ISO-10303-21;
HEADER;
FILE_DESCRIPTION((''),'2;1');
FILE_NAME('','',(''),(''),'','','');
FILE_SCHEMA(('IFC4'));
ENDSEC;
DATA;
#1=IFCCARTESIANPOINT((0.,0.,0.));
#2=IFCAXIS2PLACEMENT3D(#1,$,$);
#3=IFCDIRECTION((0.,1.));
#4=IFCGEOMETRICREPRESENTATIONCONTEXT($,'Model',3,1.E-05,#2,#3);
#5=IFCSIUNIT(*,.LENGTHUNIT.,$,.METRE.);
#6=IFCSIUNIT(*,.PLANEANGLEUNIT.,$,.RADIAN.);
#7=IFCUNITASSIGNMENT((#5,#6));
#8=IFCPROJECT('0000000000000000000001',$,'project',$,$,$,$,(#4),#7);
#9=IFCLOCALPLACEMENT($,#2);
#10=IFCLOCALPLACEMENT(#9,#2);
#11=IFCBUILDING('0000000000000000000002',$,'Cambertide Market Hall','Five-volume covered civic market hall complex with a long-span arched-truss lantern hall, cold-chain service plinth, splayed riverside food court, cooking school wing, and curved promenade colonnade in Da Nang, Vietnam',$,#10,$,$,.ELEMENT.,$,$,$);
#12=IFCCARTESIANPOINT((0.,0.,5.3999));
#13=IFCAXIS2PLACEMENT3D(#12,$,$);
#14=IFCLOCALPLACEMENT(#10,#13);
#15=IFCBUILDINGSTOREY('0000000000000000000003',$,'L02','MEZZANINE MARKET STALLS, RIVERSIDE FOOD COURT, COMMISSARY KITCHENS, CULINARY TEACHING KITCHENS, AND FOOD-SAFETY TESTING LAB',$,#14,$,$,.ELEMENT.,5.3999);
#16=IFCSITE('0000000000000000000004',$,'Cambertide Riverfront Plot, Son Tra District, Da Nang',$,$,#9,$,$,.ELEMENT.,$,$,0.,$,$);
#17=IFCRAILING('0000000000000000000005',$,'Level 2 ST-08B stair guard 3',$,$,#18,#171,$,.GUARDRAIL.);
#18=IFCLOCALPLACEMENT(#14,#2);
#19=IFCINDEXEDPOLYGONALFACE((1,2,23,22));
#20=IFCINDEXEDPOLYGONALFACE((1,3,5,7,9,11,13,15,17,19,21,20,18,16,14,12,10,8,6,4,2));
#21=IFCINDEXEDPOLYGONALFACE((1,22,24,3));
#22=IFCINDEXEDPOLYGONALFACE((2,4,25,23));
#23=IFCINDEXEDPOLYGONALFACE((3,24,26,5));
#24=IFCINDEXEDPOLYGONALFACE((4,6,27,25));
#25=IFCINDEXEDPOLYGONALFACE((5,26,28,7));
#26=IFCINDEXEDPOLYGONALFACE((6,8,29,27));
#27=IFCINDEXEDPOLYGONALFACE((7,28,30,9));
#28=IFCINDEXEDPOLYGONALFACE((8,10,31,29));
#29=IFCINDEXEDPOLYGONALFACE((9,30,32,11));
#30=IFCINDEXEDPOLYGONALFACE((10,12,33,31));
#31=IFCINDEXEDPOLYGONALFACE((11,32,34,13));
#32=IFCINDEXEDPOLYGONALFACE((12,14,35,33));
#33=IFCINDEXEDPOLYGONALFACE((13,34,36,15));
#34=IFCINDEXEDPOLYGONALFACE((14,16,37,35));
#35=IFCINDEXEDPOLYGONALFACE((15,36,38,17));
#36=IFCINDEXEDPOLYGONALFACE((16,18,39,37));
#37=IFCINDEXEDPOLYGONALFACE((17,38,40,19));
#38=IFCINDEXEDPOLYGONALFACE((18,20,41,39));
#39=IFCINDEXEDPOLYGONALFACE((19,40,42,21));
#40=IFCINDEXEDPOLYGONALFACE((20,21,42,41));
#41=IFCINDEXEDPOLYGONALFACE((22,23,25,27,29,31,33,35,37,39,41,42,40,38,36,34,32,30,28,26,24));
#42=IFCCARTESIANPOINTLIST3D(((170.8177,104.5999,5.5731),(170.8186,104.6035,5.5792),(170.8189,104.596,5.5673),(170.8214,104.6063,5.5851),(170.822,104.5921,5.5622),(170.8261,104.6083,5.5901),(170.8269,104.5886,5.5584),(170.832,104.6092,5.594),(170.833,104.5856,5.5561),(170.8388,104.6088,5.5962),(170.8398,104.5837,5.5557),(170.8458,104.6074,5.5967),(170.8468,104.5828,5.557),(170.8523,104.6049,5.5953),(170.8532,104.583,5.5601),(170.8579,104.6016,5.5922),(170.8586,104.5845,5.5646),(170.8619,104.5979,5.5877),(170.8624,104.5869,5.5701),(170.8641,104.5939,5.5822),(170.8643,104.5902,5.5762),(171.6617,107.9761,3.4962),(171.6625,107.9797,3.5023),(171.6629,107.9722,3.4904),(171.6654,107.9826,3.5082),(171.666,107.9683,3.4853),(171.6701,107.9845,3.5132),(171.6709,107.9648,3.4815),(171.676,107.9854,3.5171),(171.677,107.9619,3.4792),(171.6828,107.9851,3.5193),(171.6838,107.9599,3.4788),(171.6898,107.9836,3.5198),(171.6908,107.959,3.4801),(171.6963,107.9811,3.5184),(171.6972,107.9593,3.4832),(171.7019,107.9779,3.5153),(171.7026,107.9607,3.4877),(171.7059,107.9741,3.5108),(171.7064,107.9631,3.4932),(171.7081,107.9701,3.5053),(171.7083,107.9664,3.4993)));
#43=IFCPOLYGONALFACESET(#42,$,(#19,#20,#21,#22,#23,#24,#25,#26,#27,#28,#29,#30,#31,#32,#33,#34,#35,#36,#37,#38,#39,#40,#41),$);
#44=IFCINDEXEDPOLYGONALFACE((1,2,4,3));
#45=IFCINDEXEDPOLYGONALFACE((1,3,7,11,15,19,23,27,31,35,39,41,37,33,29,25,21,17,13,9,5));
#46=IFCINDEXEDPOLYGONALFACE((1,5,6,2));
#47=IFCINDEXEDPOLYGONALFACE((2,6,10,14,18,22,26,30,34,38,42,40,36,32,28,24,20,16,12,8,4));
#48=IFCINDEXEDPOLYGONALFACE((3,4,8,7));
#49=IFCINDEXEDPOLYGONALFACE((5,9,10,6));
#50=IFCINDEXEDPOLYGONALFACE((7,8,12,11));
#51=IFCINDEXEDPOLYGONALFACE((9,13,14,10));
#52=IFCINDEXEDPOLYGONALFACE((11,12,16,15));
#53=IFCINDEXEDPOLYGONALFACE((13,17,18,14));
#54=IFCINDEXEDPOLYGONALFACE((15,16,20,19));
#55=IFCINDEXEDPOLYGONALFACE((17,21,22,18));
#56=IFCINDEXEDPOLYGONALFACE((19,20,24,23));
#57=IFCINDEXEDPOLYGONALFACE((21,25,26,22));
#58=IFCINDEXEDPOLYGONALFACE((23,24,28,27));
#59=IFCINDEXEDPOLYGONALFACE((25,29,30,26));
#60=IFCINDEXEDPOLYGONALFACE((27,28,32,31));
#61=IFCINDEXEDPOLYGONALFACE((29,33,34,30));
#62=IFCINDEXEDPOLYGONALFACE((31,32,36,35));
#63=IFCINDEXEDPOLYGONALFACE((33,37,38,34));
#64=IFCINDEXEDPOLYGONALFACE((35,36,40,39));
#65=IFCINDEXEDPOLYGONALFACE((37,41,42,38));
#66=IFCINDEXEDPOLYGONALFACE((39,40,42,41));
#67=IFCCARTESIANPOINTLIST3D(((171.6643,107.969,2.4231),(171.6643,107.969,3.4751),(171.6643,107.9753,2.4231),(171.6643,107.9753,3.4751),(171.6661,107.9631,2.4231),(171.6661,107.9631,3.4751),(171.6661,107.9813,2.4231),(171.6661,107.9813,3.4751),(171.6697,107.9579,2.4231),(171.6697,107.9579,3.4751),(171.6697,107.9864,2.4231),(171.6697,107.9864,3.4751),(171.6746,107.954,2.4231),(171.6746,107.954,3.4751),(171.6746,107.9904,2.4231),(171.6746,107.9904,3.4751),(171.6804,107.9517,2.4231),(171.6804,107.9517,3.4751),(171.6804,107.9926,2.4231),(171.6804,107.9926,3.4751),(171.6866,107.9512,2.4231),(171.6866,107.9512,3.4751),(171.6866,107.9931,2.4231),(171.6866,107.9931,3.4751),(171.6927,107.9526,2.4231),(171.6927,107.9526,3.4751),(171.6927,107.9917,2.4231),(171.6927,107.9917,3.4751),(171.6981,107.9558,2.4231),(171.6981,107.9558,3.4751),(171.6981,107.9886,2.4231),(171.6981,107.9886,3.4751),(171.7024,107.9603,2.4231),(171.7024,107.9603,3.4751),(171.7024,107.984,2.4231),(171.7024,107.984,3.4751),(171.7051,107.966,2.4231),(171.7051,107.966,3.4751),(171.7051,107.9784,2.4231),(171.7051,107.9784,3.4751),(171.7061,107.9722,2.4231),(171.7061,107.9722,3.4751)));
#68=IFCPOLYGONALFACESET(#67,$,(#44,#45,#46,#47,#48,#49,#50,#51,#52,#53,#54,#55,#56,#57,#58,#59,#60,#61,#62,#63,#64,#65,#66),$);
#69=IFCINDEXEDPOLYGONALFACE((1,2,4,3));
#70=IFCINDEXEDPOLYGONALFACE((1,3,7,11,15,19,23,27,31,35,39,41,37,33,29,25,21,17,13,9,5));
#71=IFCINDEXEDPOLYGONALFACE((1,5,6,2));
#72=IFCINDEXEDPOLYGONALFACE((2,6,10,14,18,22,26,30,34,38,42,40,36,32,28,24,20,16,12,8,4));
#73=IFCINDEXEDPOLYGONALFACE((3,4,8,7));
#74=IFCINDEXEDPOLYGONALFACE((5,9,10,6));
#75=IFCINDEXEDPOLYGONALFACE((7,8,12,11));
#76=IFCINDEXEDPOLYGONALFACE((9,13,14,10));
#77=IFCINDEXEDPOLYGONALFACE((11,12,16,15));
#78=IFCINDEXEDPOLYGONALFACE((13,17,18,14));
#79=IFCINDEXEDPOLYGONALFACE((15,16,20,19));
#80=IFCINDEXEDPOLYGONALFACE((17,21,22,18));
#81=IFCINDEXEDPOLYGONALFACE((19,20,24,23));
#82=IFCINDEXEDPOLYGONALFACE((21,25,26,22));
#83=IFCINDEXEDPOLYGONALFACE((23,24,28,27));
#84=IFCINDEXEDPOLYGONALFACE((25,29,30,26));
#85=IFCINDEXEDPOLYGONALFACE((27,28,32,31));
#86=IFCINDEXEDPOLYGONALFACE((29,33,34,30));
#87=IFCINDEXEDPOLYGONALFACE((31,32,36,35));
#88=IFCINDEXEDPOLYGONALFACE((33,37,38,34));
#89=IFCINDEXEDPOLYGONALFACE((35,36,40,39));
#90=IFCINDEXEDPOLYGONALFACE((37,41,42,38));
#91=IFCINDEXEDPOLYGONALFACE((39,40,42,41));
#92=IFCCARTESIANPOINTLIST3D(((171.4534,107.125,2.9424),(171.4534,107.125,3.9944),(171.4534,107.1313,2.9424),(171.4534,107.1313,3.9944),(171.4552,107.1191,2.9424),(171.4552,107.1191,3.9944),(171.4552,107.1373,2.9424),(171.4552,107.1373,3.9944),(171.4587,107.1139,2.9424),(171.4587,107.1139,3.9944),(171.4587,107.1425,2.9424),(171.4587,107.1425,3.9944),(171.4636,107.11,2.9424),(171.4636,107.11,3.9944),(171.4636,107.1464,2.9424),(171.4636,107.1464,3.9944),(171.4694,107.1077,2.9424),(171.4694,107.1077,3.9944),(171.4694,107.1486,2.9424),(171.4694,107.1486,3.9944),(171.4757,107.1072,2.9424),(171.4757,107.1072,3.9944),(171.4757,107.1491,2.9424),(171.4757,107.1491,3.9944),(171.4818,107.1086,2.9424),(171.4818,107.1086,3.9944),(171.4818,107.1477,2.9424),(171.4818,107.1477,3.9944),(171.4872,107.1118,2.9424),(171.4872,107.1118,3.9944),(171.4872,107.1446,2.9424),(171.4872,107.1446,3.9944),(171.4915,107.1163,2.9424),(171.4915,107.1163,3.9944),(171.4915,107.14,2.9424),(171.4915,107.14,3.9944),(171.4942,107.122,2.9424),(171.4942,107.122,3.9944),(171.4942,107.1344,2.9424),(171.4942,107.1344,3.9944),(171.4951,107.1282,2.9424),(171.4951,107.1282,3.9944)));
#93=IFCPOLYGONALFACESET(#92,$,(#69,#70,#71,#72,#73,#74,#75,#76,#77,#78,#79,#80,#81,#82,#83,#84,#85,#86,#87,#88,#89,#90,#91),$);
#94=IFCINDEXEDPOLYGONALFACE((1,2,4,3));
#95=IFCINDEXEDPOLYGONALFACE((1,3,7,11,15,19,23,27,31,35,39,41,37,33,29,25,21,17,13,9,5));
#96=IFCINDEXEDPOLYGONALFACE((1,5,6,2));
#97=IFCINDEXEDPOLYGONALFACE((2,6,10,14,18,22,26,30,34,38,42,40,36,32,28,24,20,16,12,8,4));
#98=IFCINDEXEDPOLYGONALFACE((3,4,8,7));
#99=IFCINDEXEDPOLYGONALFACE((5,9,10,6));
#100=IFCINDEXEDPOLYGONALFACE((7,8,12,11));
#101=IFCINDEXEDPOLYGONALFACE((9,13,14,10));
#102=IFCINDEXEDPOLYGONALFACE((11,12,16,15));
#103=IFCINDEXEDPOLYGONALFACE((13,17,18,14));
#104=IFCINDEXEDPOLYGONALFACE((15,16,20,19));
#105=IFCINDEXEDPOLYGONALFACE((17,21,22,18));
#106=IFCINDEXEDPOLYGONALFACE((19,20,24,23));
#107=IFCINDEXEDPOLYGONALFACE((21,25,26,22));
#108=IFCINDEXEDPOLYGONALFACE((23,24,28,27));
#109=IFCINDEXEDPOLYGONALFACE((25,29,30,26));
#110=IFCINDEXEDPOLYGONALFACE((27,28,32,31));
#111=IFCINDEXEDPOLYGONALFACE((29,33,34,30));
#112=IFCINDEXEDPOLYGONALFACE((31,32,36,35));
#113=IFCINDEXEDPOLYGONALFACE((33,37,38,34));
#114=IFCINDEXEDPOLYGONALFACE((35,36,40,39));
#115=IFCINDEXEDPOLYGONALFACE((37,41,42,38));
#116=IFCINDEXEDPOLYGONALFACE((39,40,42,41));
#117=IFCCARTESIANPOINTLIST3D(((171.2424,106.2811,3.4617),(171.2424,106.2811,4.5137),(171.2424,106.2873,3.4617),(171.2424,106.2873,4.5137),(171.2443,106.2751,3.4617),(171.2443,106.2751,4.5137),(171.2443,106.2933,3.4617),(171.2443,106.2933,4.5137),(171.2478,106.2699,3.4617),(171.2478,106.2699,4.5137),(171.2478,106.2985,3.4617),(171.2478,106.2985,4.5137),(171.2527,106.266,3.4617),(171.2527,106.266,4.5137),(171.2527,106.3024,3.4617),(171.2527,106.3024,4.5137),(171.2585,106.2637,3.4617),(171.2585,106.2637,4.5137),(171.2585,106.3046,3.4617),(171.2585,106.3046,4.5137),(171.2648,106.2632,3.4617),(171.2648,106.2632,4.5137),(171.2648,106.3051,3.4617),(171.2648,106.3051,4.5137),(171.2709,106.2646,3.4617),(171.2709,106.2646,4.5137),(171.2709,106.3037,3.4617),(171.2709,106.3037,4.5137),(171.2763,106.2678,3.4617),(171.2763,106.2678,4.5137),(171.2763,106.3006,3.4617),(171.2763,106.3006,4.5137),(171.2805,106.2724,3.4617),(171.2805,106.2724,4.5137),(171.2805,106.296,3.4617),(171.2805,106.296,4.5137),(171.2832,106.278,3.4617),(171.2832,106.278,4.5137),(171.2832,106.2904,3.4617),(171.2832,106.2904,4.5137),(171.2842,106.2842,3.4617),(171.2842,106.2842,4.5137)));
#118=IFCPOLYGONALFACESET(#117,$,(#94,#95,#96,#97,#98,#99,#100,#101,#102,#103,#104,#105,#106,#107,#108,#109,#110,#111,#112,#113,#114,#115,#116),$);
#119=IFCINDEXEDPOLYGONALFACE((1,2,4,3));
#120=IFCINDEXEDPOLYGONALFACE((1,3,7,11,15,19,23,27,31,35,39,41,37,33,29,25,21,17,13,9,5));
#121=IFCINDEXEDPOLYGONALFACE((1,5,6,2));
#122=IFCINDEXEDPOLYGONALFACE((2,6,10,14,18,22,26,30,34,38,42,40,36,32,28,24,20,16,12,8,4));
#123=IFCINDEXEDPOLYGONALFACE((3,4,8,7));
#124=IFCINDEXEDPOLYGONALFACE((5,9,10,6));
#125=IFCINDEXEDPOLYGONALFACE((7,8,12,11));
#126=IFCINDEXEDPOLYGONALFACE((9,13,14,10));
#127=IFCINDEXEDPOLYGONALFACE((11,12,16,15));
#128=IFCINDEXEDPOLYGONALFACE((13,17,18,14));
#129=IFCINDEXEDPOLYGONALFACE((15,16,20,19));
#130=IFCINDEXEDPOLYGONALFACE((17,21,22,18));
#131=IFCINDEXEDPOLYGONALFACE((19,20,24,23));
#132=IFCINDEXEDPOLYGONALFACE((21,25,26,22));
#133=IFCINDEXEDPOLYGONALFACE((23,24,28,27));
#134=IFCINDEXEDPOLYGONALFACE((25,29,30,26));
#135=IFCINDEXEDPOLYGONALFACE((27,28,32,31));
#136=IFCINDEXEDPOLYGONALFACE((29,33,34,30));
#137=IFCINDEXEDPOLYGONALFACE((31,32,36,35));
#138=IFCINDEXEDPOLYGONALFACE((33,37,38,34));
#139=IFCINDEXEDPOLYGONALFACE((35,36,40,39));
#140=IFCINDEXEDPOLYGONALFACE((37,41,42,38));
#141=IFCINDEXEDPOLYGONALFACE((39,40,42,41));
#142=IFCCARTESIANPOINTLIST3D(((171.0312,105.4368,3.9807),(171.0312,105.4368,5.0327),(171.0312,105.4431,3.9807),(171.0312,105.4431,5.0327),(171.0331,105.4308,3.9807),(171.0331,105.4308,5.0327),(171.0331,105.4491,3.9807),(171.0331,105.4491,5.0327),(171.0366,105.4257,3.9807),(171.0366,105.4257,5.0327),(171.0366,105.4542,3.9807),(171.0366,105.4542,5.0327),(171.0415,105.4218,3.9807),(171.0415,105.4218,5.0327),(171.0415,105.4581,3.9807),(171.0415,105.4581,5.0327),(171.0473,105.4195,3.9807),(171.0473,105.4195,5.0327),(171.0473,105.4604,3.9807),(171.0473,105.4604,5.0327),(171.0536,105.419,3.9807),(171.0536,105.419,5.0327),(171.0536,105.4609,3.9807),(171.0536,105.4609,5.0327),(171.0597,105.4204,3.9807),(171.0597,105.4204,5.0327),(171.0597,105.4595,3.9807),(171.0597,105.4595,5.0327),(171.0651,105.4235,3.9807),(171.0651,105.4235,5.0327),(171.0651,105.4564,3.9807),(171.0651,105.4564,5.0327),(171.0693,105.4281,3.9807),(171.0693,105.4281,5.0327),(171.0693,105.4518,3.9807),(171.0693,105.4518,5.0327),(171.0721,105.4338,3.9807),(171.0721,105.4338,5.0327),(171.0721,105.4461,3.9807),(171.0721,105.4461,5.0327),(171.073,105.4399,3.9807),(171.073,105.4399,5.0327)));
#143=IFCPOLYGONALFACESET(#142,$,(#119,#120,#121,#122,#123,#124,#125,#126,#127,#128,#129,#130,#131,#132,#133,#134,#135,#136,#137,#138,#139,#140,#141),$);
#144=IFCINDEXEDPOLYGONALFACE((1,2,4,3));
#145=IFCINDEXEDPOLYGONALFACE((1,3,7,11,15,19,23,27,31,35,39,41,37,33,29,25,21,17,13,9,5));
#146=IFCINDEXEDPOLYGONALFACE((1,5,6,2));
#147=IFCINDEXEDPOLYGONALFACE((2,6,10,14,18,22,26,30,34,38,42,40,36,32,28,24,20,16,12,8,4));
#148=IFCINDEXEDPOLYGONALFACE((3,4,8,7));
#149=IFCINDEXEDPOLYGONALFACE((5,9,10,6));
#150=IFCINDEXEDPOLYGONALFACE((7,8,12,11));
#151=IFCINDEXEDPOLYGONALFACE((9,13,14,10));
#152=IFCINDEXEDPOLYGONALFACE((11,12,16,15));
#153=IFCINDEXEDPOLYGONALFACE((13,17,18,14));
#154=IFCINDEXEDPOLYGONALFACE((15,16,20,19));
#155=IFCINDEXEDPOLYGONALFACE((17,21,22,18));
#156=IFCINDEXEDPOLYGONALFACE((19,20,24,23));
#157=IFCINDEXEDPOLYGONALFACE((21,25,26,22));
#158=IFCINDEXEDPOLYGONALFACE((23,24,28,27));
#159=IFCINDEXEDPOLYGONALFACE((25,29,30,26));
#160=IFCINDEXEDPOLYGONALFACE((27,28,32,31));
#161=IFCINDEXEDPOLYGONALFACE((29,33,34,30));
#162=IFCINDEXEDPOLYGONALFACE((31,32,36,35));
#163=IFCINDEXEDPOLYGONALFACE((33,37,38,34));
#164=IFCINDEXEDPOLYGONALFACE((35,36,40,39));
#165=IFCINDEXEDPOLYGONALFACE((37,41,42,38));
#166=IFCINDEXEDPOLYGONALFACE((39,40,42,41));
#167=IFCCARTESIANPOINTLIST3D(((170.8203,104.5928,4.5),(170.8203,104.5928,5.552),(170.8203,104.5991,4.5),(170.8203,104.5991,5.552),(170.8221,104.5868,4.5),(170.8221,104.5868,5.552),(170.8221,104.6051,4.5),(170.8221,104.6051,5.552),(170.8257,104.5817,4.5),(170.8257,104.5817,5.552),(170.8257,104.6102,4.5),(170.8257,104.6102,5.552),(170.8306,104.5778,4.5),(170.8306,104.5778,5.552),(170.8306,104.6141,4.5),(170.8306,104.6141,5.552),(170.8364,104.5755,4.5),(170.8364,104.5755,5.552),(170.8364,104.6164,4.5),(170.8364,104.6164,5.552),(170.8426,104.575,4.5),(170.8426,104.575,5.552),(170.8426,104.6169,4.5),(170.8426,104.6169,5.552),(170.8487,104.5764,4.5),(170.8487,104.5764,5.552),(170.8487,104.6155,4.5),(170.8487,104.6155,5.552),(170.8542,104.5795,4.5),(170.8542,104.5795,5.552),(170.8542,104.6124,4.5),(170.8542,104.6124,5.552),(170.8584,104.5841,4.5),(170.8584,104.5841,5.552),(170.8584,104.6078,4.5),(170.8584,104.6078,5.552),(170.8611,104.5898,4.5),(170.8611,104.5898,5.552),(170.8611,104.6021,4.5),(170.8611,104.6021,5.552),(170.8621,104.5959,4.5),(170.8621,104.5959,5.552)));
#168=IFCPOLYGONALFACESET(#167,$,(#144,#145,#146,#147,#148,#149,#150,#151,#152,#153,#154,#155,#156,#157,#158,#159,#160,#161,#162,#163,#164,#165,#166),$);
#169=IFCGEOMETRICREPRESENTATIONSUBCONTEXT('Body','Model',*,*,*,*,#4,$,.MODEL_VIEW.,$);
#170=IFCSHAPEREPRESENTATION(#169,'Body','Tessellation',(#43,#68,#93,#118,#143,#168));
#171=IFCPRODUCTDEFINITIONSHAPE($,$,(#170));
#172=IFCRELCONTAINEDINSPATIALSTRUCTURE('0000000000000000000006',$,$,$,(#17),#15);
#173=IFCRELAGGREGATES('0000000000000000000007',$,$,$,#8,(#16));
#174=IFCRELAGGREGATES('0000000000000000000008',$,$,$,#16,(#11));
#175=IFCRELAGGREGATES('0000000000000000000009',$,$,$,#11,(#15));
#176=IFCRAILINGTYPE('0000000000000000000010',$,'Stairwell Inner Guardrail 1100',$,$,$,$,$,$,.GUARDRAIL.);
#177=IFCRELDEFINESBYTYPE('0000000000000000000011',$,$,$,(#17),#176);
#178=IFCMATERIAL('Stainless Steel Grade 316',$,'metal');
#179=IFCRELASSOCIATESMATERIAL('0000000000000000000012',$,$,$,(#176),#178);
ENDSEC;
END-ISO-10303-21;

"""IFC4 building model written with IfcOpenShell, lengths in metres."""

from ifc_helpers import new_model, si_unit, direction, frame, origin, origin_2d, place, context, subcontext, project, spatial, circle, extrude, material, type_object, element, save


model = new_model("IFC4")

# Units and contexts
model_context = context("Model", 3, precision=1e-05, world=origin(), true_north=direction((0.0, 1.0)))
body_context = subcontext(model_context, "Body", "Model", "MODEL_VIEW")
ifc_project = project(units=[si_unit("LENGTHUNIT", "METRE"), si_unit("PLANEANGLEUNIT", "RADIAN")], contexts=[model_context])

# Site, building, storey
site_placement = place(None, origin())
site = spatial("IfcSite", under=ifc_project, at=site_placement, Name="Cambertide Riverfront Plot, Son Tra District, Da Nang", CompositionType="ELEMENT", RefElevation=0.0)
building_placement = place(site_placement, origin())
building = spatial("IfcBuilding", under=site, at=building_placement, Name="Cambertide Market Hall", Description="Five-volume covered civic market hall complex with a long-span arched-truss lantern hall, cold-chain service plinth, splayed riverside food court, cooking school wing, and curved promenade colonnade in Da Nang, Vietnam", CompositionType="ELEMENT")
storey_placement = place(building_placement, frame((0.0, 0.0, 5.3999)))
storey = spatial("IfcBuildingStorey", under=building, at=storey_placement, Name="L02", Description="MEZZANINE MARKET STALLS, RIVERSIDE FOOD COURT, COMMISSARY KITCHENS, CULINARY TEACHING KITCHENS, AND FOOD-SAFETY TESTING LAB", CompositionType="ELEMENT", Elevation=5.3999)

# Railing
ifc_material_1 = material(Name="Stainless Steel Grade 316", Category="metal")
railing_type_1 = type_object("IfcRailingType", Name="Stairwell Inner Guardrail 1100", PredefinedType="GUARDRAIL", material=ifc_material_1)
railing_1_placement = place(storey_placement, frame((171.6851, 107.9722, 2.4231)))
element("IfcRailing", 1, at=railing_1_placement, inside=storey, type_object=railing_type_1, Name="Level 2 ST-08B stair guard 3", PredefinedType="GUARDRAIL", context=body_context, shape_type="SweptSolid", body=[
    extrude(circle(Radius=0.0239, at=origin_2d()), frame((0.0, 0.0, 1.0762), z_axis=(-0.208253, -0.833071, 0.512469), x_axis=(0.970147, -0.242519, 0.0)), (0.0, 0.0, 1.0), 4.0527),
    extrude(circle(Radius=0.021, at=origin_2d()), origin(), (0.0, 0.0, 1.0), 1.052),
    extrude(circle(Radius=0.021, at=origin_2d()), frame((-0.2109, -0.844, 0.5193)), (0.0, 0.0, 1.0), 1.052),
    extrude(circle(Radius=0.021, at=origin_2d()), frame((-0.4219, -1.688, 1.0386)), (0.0, 0.0, 1.0), 1.052),
    extrude(circle(Radius=0.021, at=origin_2d()), frame((-0.6331, -2.5322, 1.5576)), (0.0, 0.0, 1.0), 1.052),
    extrude(circle(Radius=0.021, at=origin_2d()), frame((-0.844, -3.3762, 2.0769)), (0.0, 0.0, 1.0), 1.052),
])

save(model, "model.ifc")
